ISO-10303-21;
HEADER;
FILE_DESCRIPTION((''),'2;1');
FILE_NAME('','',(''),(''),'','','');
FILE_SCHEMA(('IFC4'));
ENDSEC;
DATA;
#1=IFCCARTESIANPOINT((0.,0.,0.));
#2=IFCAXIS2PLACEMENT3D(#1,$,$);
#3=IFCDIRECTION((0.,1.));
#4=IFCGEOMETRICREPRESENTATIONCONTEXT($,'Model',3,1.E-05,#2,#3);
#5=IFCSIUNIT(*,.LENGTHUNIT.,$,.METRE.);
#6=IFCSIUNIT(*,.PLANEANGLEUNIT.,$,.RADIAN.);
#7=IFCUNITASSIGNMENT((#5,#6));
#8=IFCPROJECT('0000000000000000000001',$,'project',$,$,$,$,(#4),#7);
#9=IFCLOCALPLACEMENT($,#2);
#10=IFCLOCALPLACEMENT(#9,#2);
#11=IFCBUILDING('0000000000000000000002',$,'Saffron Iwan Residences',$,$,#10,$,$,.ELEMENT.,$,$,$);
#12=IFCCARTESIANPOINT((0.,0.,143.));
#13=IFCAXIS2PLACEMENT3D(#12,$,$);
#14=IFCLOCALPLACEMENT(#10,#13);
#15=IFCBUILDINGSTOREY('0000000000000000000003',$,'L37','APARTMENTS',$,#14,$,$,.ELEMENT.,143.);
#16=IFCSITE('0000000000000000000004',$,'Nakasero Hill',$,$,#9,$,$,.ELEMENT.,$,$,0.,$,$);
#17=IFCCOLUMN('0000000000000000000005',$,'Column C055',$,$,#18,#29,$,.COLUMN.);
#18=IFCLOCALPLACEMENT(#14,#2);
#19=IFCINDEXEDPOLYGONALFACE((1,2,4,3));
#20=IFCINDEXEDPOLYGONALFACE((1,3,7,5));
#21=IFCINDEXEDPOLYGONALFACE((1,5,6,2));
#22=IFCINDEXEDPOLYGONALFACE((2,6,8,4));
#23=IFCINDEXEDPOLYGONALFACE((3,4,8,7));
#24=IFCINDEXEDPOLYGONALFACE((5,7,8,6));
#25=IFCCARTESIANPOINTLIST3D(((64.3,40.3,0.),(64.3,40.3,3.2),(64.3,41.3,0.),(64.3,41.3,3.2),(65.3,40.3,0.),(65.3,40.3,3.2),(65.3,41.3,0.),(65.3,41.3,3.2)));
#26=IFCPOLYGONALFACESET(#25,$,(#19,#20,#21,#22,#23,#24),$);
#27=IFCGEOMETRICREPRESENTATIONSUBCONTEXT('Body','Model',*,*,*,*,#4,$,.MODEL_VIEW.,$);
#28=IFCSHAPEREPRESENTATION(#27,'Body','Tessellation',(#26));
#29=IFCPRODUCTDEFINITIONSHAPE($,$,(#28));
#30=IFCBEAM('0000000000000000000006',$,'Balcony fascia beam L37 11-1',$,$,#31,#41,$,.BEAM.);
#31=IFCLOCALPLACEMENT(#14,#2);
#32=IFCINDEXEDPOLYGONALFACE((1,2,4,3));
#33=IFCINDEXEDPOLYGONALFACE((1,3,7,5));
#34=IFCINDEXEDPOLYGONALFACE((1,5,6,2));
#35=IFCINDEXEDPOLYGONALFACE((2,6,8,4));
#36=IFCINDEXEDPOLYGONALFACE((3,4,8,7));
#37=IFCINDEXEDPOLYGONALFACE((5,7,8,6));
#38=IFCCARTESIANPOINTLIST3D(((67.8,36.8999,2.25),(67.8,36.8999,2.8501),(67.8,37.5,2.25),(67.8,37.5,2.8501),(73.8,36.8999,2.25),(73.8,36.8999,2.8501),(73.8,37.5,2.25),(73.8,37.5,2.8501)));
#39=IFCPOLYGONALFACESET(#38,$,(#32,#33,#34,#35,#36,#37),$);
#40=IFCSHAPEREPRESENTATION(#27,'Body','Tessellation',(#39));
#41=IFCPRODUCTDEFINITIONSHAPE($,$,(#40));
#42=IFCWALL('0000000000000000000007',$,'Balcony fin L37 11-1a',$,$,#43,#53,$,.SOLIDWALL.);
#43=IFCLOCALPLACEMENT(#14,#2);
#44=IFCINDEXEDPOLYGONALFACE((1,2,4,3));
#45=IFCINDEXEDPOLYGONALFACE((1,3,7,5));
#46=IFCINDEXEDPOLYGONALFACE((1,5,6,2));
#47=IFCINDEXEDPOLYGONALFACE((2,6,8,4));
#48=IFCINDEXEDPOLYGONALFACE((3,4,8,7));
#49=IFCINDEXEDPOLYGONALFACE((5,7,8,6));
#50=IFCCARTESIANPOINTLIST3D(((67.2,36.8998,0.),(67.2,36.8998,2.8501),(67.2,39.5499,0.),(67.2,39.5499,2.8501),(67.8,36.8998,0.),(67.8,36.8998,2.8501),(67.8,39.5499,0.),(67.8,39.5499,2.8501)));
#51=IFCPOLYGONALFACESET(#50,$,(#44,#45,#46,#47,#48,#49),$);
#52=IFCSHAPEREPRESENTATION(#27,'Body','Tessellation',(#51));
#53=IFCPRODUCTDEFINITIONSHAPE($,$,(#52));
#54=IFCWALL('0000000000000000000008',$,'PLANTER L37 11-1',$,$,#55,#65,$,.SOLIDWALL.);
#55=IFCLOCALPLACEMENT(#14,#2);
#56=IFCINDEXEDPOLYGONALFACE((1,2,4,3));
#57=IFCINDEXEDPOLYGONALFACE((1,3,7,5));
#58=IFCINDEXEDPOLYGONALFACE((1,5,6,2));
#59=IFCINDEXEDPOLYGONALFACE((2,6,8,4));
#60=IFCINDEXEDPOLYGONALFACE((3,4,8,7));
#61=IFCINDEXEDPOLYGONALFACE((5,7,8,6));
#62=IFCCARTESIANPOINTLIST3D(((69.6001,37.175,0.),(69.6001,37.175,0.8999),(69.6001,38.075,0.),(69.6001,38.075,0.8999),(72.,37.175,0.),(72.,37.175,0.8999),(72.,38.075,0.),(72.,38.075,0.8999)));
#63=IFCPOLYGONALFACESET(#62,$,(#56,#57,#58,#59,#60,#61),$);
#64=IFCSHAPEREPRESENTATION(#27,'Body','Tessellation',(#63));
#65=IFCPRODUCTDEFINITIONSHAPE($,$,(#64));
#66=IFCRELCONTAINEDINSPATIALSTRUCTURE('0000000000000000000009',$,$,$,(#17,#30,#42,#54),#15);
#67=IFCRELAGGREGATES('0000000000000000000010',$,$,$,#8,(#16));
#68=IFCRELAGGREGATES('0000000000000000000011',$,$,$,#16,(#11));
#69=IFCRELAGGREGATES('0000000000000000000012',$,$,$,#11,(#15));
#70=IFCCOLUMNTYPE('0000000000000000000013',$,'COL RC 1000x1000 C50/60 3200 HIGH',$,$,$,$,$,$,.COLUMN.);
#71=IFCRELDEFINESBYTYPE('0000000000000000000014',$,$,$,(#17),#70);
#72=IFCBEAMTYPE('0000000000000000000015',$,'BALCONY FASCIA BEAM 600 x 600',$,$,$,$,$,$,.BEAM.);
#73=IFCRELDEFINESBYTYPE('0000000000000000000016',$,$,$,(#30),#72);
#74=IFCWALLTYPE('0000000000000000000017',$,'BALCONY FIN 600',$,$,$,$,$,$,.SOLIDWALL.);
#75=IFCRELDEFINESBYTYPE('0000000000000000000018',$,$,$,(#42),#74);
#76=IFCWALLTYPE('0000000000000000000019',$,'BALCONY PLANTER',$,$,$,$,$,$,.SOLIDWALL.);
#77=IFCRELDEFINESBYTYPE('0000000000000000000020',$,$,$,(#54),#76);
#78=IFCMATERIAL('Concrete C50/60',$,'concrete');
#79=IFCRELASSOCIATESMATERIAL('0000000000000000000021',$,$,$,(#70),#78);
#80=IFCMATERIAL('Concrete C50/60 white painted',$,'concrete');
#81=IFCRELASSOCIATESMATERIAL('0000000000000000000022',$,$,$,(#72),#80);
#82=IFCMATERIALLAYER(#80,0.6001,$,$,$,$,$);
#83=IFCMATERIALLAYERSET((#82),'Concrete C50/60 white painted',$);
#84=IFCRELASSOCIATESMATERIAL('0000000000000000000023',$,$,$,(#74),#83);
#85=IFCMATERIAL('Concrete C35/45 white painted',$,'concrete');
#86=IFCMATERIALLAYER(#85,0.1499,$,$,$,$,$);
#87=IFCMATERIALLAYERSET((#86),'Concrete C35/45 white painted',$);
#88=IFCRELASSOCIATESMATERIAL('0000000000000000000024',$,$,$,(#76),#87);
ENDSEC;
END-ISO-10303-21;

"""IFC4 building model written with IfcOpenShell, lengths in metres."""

from ifc_helpers import new_model, si_unit, direction, frame, frame_2d, origin, origin_2d, place, context, subcontext, project, spatial, rectangle, extrude, source, transform, mapped, material, layer, layer_set, material_profile, profile_set, type_object, element, save


model = new_model("IFC4")

# Units and contexts
model_context = context("Model", 3, precision=1e-05, world=origin(), true_north=direction((0.0, 1.0)))
body_context = subcontext(model_context, "Body", "Model", "MODEL_VIEW")
ifc_project = project(units=[si_unit("LENGTHUNIT", "METRE"), si_unit("PLANEANGLEUNIT", "RADIAN")], contexts=[model_context])

# Site, building, storey
site_placement = place(None, origin())
site = spatial("IfcSite", under=ifc_project, at=site_placement, Name="Nakasero Hill", CompositionType="ELEMENT", RefElevation=0.0)
building_placement = place(site_placement, origin())
building = spatial("IfcBuilding", under=site, at=building_placement, Name="Saffron Iwan Residences", CompositionType="ELEMENT")
storey_placement = place(building_placement, frame((0.0, 0.0, 143.0)))
storey = spatial("IfcBuildingStorey", under=building, at=storey_placement, Name="L37", Description="APARTMENTS", CompositionType="ELEMENT", Elevation=143.0)

# Column
ifc_material_1 = material(Name="Concrete C50/60", Category="concrete")
ifc_material_profile_1 = material_profile(ifc_material_1, rectangle(XDim=1.0, YDim=1.0, at=origin_2d()), Name="RC 1000x1000")
ifc_profile_set_1 = profile_set([ifc_material_profile_1], Name="Concrete C50/60")
column_type = type_object("IfcColumnType", Name="COL RC 1000x1000 C50/60 3200 HIGH", PredefinedType="COLUMN", material=ifc_profile_set_1)
shared_shape_1 = source(origin(), body_context, "Body", "SweptSolid", [
    extrude(rectangle(XDim=1.0, YDim=1.0, at=origin_2d()), origin(), (0.0, 0.0, 1.0), 3.2),
])
column_placement = place(storey_placement, frame((64.8, 40.8, 0.0), z_axis=(0.0, 0.0, 1.0), x_axis=(1.0, 0.0, 0.0)))
element("IfcColumn", 1, at=column_placement, inside=storey, type_object=column_type, Name="Column C055", PredefinedType="COLUMN", context=body_context, shape_type="MappedRepresentation", body=[
    mapped(shared_shape_1, transform((0.0, 0.0, 0.0))),
])

# Beam
ifc_material_2 = material(Name="Concrete C50/60 white painted", Category="concrete")
ifc_material_profile_2 = material_profile(ifc_material_2, rectangle(XDim=0.6001, YDim=0.6001, at=origin_2d()), Name="BALCONY FASCIA BEAM 600 x 600")
ifc_profile_set_2 = profile_set([ifc_material_profile_2], Name="Concrete C50/60 white painted")
beam_type = type_object("IfcBeamType", Name="BALCONY FASCIA BEAM 600 x 600", PredefinedType="BEAM", material=ifc_profile_set_2)
shared_shape_2 = source(origin(), body_context, "Body", "SweptSolid", [
    extrude(rectangle(XDim=0.6001, YDim=0.6001, at=origin_2d()), origin(), (0.0, 0.0, 1.0), 6.0),
])
beam_placement = place(storey_placement, frame((67.8, 37.2, 2.55), z_axis=(1.0, 0.0, 0.0), x_axis=(0.0, 1.0, 0.0)))
element("IfcBeam", 2, at=beam_placement, inside=storey, type_object=beam_type, Name="Balcony fascia beam L37 11-1", PredefinedType="BEAM", context=body_context, shape_type="MappedRepresentation", body=[
    mapped(shared_shape_2, transform((0.0, 0.0, 0.0))),
])

# Walls
ifc_layer_1 = layer(ifc_material_2, 0.6001)
ifc_layer_set_1 = layer_set([ifc_layer_1], Name="Concrete C50/60 white painted")
wall_type_1 = type_object("IfcWallType", Name="BALCONY FIN 600", PredefinedType="SOLIDWALL", material=ifc_layer_set_1)
wall_1_placement = place(storey_placement, frame((67.5, 39.55, 0.0), z_axis=(0.0, 0.0, 1.0), x_axis=(0.0, -1.0, 0.0)))
element("IfcWall", 3, at=wall_1_placement, inside=storey, type_object=wall_type_1, Name="Balcony fin L37 11-1a", PredefinedType="SOLIDWALL", context=body_context, shape_type="SweptSolid", body=[
    extrude(rectangle(XDim=2.6501, YDim=0.6001, at=frame_2d((1.3252, 0.0))), origin(), (0.0, 0.0, 1.0), 2.8501),
])
ifc_material_3 = material(Name="Concrete C35/45 white painted", Category="concrete")
ifc_layer_2 = layer(ifc_material_3, 0.1499)
ifc_layer_set_2 = layer_set([ifc_layer_2], Name="Concrete C35/45 white painted")
wall_type_2 = type_object("IfcWallType", Name="BALCONY PLANTER", PredefinedType="SOLIDWALL", material=ifc_layer_set_2)
wall_2_placement = place(storey_placement, frame((69.6001, 37.625, 0.0), z_axis=(0.0, 0.0, 1.0), x_axis=(1.0, 0.0, 0.0)))
element("IfcWall", 4, at=wall_2_placement, inside=storey, type_object=wall_type_2, Name="PLANTER L37 11-1", PredefinedType="SOLIDWALL", context=body_context, shape_type="SweptSolid", body=[
    extrude(rectangle(XDim=2.3999, YDim=0.8999, at=frame_2d((1.2, 0.0))), origin(), (0.0, 0.0, 1.0), 0.8999),
])

save(model, "model.ifc")
